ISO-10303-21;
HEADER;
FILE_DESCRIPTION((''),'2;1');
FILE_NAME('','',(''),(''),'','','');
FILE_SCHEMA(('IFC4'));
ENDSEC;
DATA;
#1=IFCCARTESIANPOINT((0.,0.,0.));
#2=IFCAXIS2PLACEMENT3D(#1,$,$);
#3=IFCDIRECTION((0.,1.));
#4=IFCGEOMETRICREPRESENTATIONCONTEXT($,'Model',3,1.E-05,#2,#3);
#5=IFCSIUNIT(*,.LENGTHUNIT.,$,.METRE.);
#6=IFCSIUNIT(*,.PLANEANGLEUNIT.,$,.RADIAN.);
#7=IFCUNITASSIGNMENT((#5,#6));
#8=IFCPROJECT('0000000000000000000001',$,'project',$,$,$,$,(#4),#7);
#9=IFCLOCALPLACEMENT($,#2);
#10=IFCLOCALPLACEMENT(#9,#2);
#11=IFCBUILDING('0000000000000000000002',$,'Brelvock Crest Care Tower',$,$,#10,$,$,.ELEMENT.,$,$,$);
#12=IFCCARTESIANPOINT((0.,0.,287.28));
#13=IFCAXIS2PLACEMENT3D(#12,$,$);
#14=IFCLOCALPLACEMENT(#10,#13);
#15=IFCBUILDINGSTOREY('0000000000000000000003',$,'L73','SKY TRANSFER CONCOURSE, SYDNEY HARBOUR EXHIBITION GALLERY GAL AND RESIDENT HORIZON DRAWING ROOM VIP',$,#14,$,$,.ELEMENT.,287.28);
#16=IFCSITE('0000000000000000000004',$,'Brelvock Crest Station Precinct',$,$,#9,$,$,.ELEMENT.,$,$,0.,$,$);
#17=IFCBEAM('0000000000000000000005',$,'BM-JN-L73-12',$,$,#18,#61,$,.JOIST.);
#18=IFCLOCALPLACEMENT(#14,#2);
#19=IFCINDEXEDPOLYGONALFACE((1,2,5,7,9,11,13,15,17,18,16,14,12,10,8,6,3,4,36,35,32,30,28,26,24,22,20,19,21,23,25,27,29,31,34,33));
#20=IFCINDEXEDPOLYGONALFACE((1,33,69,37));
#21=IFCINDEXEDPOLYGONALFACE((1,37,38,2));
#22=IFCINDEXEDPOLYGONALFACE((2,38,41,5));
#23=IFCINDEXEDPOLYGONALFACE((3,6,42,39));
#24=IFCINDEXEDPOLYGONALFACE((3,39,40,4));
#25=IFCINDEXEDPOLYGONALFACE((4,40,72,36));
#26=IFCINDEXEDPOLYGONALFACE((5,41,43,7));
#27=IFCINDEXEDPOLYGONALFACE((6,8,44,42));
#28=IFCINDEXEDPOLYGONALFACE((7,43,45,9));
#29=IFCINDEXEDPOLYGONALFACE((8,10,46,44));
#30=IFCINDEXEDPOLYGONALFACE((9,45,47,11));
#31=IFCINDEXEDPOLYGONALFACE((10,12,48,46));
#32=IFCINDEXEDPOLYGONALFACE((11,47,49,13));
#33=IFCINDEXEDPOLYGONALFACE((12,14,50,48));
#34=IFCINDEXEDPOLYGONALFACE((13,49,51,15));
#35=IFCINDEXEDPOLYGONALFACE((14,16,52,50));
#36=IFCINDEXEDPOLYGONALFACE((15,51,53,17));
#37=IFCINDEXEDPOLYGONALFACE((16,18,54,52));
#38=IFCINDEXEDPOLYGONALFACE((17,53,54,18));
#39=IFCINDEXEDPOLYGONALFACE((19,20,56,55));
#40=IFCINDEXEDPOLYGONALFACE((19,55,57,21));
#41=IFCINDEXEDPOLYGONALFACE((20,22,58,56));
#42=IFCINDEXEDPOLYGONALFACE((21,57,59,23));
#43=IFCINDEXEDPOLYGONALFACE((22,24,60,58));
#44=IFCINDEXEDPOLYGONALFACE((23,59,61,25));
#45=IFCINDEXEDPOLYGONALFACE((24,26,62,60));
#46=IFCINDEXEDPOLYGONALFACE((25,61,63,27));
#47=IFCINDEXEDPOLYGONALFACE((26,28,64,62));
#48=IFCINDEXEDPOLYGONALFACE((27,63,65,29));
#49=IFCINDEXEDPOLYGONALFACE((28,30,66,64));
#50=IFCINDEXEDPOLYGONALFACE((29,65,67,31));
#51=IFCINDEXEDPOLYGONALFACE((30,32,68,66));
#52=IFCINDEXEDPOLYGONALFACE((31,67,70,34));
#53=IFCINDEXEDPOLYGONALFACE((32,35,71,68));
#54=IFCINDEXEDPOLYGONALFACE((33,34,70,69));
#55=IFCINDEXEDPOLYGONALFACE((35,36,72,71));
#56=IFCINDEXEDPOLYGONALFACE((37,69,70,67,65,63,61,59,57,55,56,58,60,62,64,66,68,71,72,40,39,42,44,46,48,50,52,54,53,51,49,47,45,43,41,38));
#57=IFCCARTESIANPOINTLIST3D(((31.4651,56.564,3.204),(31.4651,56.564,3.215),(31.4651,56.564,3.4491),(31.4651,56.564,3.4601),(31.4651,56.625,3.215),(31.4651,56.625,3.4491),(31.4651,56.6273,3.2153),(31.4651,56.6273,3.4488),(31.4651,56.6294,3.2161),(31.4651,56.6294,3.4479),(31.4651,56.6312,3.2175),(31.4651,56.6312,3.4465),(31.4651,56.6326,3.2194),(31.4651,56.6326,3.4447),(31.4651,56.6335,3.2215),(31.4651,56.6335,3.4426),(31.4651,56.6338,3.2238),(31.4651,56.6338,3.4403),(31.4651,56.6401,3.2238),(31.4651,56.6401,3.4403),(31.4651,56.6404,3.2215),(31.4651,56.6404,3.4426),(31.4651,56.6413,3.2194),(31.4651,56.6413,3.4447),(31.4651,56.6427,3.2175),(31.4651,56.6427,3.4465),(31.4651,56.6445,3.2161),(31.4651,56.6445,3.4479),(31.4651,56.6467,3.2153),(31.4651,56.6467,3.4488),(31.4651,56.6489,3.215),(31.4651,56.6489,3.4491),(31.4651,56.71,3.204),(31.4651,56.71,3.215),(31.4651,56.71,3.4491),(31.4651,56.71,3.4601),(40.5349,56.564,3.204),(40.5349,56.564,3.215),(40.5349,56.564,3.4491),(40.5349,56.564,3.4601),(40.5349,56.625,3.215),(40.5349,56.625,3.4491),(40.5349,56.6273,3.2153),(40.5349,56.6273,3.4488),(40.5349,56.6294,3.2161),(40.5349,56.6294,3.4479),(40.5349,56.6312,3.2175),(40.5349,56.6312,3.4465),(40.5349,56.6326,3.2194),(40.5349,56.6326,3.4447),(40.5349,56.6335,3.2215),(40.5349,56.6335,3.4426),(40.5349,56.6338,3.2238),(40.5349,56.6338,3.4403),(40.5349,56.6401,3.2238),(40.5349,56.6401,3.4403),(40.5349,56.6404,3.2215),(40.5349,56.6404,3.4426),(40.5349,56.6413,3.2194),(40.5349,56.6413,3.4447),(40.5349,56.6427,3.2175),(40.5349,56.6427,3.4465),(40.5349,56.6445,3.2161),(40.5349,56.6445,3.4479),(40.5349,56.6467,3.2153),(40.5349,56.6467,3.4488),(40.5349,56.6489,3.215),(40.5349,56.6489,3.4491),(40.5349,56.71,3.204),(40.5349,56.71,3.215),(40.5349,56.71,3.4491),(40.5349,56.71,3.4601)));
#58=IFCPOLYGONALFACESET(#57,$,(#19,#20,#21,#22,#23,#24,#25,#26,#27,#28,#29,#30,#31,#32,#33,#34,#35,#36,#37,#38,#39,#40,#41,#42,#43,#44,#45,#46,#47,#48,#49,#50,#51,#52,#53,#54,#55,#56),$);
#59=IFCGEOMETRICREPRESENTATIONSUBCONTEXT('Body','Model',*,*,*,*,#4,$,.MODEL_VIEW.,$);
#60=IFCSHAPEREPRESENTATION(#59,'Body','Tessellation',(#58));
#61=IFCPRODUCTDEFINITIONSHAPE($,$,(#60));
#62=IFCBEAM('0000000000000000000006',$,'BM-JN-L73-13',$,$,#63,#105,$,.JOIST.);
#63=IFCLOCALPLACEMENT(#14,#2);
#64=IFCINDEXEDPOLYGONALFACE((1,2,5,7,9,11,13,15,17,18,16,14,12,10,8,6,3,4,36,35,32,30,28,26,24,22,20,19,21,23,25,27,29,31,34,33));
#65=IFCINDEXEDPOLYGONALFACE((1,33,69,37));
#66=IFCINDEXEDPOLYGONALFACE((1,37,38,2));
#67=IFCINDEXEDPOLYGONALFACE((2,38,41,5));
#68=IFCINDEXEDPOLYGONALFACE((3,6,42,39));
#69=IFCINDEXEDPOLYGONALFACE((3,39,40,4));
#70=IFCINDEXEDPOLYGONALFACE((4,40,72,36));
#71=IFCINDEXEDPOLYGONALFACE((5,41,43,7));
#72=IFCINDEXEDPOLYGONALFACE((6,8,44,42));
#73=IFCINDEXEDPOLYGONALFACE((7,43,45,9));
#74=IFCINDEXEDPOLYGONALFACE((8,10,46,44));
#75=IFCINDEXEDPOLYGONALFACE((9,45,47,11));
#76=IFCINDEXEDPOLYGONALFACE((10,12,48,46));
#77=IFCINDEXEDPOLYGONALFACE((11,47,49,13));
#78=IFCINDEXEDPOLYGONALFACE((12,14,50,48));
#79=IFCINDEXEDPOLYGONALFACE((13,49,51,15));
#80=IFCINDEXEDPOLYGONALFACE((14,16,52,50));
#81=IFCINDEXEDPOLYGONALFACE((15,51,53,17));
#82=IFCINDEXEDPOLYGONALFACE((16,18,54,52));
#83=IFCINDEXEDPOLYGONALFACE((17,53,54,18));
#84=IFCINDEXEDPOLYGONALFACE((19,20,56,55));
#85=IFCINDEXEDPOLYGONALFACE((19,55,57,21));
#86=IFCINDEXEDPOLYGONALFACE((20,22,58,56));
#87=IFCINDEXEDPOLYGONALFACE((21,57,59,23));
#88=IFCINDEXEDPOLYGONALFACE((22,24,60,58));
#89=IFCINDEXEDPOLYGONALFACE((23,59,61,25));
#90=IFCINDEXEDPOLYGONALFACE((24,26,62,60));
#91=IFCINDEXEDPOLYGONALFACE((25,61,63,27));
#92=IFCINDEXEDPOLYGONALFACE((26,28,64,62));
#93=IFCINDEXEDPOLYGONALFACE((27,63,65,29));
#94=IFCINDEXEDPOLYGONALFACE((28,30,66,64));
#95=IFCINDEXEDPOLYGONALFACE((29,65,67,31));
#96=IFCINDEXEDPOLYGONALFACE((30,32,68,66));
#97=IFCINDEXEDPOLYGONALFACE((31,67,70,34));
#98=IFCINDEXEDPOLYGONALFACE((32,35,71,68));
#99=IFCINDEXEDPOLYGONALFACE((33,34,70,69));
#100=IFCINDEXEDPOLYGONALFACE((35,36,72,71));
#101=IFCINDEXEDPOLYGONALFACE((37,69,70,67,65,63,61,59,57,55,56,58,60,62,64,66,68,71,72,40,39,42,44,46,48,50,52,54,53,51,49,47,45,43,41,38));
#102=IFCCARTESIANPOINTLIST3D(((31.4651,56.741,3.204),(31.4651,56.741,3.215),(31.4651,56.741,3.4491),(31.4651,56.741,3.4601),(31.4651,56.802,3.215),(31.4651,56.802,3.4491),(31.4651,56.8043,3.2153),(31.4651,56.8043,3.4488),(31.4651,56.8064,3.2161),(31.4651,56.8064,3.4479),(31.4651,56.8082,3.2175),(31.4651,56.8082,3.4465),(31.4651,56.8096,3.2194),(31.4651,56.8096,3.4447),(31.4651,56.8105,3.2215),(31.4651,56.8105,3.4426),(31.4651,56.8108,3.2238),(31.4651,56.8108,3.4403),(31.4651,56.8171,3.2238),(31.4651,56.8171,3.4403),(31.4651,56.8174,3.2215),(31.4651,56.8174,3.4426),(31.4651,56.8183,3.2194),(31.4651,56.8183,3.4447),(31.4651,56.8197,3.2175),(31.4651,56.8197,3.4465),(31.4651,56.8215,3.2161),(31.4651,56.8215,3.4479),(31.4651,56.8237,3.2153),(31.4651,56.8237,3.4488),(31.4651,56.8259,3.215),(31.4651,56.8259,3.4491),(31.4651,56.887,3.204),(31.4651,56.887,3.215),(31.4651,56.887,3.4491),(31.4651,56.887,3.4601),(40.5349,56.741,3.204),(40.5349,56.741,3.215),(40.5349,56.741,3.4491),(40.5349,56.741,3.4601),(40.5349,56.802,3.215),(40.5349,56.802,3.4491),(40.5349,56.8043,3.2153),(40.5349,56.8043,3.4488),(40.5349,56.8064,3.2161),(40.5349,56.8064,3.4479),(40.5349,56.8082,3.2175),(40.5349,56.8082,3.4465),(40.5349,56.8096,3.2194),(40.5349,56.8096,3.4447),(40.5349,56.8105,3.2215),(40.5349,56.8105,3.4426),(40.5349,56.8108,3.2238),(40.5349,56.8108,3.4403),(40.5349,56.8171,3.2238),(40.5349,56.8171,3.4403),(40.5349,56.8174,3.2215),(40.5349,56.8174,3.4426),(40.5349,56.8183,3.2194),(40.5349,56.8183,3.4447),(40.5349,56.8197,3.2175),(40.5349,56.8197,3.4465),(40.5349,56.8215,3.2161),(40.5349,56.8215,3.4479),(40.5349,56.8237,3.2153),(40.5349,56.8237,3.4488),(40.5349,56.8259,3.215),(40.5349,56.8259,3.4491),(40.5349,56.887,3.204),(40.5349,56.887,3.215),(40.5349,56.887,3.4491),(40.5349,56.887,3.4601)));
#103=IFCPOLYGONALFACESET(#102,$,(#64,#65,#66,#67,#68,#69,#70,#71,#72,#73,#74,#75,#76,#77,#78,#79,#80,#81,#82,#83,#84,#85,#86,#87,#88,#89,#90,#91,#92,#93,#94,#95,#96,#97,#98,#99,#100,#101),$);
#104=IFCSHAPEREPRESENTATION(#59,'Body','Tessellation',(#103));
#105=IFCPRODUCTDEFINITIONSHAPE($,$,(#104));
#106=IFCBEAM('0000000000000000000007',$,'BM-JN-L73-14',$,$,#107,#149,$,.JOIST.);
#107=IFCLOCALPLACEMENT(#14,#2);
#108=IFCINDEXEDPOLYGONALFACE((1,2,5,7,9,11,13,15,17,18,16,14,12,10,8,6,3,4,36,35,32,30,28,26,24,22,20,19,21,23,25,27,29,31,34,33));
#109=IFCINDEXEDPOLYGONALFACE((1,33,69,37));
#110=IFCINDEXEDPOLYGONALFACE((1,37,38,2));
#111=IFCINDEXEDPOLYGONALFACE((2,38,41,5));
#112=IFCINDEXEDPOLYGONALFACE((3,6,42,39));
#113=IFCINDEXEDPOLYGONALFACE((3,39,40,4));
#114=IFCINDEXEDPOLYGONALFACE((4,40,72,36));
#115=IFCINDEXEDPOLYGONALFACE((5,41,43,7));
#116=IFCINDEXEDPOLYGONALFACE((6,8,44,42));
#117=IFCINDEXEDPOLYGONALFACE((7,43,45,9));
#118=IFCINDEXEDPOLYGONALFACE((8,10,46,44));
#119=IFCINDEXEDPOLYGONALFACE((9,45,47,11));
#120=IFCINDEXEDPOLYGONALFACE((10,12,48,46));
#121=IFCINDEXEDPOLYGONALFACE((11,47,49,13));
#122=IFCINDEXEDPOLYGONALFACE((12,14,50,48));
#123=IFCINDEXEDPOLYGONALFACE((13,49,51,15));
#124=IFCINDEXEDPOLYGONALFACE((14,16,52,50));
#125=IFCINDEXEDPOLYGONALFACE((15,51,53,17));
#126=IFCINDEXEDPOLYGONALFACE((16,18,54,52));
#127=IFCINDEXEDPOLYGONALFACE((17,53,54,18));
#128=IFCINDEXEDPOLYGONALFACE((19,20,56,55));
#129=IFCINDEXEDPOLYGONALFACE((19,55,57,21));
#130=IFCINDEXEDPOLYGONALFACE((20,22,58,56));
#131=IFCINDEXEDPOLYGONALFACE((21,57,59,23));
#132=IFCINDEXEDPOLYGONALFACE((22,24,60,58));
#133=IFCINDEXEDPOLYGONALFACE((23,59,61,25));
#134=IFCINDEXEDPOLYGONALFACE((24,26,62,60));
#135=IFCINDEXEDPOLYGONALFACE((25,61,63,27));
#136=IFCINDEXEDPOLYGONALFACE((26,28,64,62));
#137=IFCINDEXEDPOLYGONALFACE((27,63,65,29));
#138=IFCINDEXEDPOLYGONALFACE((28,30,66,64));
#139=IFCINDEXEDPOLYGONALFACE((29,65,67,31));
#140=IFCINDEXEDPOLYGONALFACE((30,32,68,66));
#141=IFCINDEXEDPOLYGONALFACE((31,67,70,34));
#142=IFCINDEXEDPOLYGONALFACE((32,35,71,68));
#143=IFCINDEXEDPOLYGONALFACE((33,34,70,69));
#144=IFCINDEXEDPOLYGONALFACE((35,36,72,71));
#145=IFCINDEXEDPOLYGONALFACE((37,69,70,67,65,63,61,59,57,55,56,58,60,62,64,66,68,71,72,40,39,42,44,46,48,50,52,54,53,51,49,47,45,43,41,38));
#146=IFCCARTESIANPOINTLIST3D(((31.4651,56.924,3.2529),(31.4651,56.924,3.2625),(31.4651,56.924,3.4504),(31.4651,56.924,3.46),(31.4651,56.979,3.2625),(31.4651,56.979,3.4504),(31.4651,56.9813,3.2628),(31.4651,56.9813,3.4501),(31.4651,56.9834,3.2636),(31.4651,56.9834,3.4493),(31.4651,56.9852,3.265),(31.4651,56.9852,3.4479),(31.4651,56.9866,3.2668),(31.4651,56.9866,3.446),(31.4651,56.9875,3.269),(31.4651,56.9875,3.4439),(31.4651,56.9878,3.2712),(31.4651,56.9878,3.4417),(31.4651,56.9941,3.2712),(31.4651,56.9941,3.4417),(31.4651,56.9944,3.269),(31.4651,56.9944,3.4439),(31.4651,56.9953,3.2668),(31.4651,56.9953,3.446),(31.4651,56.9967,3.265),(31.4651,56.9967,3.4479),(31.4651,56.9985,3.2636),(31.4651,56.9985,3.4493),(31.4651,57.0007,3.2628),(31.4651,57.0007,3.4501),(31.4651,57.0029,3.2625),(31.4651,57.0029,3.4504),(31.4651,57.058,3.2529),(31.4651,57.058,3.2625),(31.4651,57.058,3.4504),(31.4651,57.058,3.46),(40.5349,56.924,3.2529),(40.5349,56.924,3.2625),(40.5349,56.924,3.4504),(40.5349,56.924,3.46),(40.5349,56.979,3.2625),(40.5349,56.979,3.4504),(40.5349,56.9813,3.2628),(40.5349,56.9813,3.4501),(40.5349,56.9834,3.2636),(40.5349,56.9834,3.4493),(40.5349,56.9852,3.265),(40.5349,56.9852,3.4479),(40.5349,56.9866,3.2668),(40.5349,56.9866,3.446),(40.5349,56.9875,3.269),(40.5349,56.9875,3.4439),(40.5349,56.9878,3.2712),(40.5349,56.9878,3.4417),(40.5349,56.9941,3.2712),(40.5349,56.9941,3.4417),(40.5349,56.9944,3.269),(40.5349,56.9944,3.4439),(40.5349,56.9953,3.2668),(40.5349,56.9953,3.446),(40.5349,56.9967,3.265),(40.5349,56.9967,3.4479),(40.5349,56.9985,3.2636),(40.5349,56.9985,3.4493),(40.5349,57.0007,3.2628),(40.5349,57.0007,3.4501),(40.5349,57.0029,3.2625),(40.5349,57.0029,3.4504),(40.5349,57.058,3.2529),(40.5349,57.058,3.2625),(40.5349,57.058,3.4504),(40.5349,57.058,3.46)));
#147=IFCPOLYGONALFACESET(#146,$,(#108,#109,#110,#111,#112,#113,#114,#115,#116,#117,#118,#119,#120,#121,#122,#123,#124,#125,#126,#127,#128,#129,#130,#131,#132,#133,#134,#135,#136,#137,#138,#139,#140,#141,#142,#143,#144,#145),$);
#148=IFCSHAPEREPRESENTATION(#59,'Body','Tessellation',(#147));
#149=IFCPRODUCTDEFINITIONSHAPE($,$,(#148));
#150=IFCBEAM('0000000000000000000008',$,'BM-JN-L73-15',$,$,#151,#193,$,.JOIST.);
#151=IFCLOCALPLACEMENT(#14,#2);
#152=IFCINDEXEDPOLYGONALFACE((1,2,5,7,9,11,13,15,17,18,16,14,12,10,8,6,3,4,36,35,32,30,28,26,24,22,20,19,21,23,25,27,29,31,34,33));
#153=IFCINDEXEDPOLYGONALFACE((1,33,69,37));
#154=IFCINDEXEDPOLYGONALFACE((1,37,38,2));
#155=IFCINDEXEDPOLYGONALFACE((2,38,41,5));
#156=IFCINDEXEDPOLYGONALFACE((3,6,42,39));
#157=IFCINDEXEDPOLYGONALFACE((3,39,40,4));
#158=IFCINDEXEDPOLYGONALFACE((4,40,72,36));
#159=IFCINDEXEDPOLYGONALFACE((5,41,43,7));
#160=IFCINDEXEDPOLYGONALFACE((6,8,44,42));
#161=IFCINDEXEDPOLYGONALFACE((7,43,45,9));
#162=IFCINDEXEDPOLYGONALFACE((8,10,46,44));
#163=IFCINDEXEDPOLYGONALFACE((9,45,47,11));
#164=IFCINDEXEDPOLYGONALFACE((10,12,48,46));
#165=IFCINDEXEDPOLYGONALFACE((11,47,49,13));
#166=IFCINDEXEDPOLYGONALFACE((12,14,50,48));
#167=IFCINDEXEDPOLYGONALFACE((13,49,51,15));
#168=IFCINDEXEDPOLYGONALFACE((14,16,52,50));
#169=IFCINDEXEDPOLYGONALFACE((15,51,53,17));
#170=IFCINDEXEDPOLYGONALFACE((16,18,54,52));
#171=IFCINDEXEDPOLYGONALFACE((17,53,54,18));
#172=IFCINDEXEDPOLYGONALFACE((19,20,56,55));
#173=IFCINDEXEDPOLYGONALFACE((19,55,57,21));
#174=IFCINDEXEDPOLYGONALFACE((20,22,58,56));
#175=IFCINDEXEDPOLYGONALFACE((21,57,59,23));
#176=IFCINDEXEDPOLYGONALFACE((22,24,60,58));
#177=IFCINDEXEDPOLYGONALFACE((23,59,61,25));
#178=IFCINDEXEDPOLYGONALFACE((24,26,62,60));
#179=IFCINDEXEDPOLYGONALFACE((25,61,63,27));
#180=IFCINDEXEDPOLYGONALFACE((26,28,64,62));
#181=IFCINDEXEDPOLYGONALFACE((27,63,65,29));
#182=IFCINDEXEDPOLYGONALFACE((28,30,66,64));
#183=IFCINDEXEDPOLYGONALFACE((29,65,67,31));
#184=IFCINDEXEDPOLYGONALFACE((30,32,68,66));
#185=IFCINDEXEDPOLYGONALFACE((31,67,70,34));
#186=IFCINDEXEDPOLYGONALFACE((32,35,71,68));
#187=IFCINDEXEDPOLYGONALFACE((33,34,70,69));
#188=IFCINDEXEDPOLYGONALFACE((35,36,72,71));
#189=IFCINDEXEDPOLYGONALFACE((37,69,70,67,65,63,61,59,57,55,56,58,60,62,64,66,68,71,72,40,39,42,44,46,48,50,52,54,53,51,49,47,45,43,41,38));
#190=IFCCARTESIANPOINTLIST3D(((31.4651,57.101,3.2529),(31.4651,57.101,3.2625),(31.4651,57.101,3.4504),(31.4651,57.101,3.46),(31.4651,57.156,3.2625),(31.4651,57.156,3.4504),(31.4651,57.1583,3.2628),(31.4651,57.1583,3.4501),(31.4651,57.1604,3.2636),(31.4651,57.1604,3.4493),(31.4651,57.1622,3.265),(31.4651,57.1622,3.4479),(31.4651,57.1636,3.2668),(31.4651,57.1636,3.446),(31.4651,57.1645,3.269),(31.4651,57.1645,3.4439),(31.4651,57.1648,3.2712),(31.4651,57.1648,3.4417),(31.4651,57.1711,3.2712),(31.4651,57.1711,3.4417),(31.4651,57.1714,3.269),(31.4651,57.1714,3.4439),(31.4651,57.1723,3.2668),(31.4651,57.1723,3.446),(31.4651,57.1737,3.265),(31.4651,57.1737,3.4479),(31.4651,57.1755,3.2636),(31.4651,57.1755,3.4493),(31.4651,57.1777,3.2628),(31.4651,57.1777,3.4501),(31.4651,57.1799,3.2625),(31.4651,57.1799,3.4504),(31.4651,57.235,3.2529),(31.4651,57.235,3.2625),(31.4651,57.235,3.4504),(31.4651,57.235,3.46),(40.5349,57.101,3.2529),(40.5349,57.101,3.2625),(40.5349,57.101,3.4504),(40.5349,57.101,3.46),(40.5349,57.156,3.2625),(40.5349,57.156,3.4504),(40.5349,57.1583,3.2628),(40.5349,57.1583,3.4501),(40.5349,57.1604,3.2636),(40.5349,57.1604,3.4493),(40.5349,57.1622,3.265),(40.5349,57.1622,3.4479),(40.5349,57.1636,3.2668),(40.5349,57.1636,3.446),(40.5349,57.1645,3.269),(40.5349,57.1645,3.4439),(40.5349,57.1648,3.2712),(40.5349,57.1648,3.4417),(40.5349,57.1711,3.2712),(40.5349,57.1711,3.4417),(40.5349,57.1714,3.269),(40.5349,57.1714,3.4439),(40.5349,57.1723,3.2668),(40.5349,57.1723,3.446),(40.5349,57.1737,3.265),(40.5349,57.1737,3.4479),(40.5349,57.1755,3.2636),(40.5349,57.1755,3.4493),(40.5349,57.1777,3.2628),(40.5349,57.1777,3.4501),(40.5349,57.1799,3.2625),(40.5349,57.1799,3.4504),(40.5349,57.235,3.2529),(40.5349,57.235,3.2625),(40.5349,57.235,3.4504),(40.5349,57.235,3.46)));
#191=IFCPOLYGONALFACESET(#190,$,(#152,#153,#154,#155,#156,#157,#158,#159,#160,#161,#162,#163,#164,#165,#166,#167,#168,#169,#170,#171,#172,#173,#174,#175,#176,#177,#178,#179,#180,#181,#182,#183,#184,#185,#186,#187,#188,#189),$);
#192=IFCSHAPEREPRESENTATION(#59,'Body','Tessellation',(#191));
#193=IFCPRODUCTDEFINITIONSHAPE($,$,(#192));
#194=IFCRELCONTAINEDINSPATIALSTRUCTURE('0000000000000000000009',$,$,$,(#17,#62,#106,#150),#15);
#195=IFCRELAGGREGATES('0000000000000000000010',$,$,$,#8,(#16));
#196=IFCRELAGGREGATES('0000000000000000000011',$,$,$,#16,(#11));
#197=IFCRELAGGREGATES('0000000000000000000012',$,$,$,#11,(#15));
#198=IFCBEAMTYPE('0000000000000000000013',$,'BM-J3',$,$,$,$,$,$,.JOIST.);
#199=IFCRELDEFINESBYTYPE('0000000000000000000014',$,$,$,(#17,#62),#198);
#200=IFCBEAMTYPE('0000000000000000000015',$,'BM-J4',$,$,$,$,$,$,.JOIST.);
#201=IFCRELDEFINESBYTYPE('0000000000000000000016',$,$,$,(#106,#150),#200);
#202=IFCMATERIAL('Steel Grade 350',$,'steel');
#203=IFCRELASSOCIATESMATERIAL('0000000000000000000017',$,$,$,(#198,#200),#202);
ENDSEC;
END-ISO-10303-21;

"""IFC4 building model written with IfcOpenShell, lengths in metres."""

from ifc_helpers import new_model, si_unit, direction, frame, origin, origin_2d, place, context, subcontext, project, spatial, i_section, extrude, source, transform, mapped, material, material_profile, profile_set, type_object, element, save


model = new_model("IFC4")

# Units and contexts
model_context = context("Model", 3, precision=1e-05, world=origin(), true_north=direction((0.0, 1.0)))
body_context = subcontext(model_context, "Body", "Model", "MODEL_VIEW")
ifc_project = project(units=[si_unit("LENGTHUNIT", "METRE"), si_unit("PLANEANGLEUNIT", "RADIAN")], contexts=[model_context])

# Site, building, storey
site_placement = place(None, origin())
site = spatial("IfcSite", under=ifc_project, at=site_placement, Name="Brelvock Crest Station Precinct", CompositionType="ELEMENT", RefElevation=0.0)
building_placement = place(site_placement, origin())
building = spatial("IfcBuilding", under=site, at=building_placement, Name="Brelvock Crest Care Tower", CompositionType="ELEMENT")
storey_placement = place(building_placement, frame((0.0, 0.0, 287.28)))
storey = spatial("IfcBuildingStorey", under=building, at=storey_placement, Name="L73", Description="SKY TRANSFER CONCOURSE, SYDNEY HARBOUR EXHIBITION GALLERY GAL AND RESIDENT HORIZON DRAWING ROOM VIP", CompositionType="ELEMENT", Elevation=287.28)

# Shared definitions
ifc_material_1 = material(Name="Steel Grade 350", Category="steel")

# Beams
ifc_material_profile_1 = material_profile(ifc_material_1, i_section(OverallWidth=0.146, OverallDepth=0.2561, WebThickness=0.0063, FlangeThickness=0.011, FilletRadius=0.0088, at=origin_2d()), Name="250UB37.3")
ifc_profile_set_1 = profile_set([ifc_material_profile_1], Name="Steel Grade 350")
beam_type_1 = type_object("IfcBeamType", Name="BM-J3", PredefinedType="JOIST", material=ifc_profile_set_1)
shared_shape_1 = source(origin(), body_context, "Body", "SweptSolid", [
    extrude(i_section(OverallWidth=0.146, OverallDepth=0.2561, WebThickness=0.0063, FlangeThickness=0.011, FilletRadius=0.0088, at=origin_2d()), origin(), (0.0, 0.0, 1.0), 9.0698),
])
for number, where, z_axis, x_axis, name in (
    (1, (31.4651, 56.637, 3.332), (1.0, 0.0, 0.0), (0.0, 1.0, 0.0), "BM-JN-L73-12"),
    (2, (31.4651, 56.814, 3.332), (1.0, 0.0, 0.0), (0.0, 1.0, 0.0), "BM-JN-L73-13"),
):
    element("IfcBeam", number, at=place(storey_placement, frame(where, z_axis=z_axis, x_axis=x_axis)), inside=storey, type_object=beam_type_1, Name=name, PredefinedType="JOIST", context=body_context, shape_type="MappedRepresentation", body=[
        mapped(shared_shape_1, transform((0.0, 0.0, 0.0), x_axis=(1.0, 0.0, 0.0), y_axis=(0.0, 1.0, 0.0), z_axis=(0.0, 0.0, 1.0), scale=1.0)),
    ])
ifc_material_profile_2 = material_profile(ifc_material_1, i_section(OverallWidth=0.134, OverallDepth=0.207, WebThickness=0.0063, FlangeThickness=0.0095, FilletRadius=0.0088, at=origin_2d()), Name="200UB29.8")
ifc_profile_set_2 = profile_set([ifc_material_profile_2], Name="Steel Grade 350")
beam_type_2 = type_object("IfcBeamType", Name="BM-J4", PredefinedType="JOIST", material=ifc_profile_set_2)
shared_shape_2 = source(origin(), body_context, "Body", "SweptSolid", [
    extrude(i_section(OverallWidth=0.134, OverallDepth=0.207, WebThickness=0.0063, FlangeThickness=0.0095, FilletRadius=0.0088, at=origin_2d()), origin(), (0.0, 0.0, 1.0), 9.0698),
])
for number, where, z_axis, x_axis, name in (
    (3, (31.4651, 56.991, 3.3564), (1.0, 0.0, 0.0), (0.0, 1.0, 0.0), "BM-JN-L73-14"),
    (4, (31.4651, 57.168, 3.3564), (1.0, 0.0, 0.0), (0.0, 1.0, 0.0), "BM-JN-L73-15"),
):
    element("IfcBeam", number, at=place(storey_placement, frame(where, z_axis=z_axis, x_axis=x_axis)), inside=storey, type_object=beam_type_2, Name=name, PredefinedType="JOIST", context=body_context, shape_type="MappedRepresentation", body=[
        mapped(shared_shape_2, transform((0.0, 0.0, 0.0), x_axis=(1.0, 0.0, 0.0), y_axis=(0.0, 1.0, 0.0), z_axis=(0.0, 0.0, 1.0), scale=1.0)),
    ])

save(model, "model.ifc")
